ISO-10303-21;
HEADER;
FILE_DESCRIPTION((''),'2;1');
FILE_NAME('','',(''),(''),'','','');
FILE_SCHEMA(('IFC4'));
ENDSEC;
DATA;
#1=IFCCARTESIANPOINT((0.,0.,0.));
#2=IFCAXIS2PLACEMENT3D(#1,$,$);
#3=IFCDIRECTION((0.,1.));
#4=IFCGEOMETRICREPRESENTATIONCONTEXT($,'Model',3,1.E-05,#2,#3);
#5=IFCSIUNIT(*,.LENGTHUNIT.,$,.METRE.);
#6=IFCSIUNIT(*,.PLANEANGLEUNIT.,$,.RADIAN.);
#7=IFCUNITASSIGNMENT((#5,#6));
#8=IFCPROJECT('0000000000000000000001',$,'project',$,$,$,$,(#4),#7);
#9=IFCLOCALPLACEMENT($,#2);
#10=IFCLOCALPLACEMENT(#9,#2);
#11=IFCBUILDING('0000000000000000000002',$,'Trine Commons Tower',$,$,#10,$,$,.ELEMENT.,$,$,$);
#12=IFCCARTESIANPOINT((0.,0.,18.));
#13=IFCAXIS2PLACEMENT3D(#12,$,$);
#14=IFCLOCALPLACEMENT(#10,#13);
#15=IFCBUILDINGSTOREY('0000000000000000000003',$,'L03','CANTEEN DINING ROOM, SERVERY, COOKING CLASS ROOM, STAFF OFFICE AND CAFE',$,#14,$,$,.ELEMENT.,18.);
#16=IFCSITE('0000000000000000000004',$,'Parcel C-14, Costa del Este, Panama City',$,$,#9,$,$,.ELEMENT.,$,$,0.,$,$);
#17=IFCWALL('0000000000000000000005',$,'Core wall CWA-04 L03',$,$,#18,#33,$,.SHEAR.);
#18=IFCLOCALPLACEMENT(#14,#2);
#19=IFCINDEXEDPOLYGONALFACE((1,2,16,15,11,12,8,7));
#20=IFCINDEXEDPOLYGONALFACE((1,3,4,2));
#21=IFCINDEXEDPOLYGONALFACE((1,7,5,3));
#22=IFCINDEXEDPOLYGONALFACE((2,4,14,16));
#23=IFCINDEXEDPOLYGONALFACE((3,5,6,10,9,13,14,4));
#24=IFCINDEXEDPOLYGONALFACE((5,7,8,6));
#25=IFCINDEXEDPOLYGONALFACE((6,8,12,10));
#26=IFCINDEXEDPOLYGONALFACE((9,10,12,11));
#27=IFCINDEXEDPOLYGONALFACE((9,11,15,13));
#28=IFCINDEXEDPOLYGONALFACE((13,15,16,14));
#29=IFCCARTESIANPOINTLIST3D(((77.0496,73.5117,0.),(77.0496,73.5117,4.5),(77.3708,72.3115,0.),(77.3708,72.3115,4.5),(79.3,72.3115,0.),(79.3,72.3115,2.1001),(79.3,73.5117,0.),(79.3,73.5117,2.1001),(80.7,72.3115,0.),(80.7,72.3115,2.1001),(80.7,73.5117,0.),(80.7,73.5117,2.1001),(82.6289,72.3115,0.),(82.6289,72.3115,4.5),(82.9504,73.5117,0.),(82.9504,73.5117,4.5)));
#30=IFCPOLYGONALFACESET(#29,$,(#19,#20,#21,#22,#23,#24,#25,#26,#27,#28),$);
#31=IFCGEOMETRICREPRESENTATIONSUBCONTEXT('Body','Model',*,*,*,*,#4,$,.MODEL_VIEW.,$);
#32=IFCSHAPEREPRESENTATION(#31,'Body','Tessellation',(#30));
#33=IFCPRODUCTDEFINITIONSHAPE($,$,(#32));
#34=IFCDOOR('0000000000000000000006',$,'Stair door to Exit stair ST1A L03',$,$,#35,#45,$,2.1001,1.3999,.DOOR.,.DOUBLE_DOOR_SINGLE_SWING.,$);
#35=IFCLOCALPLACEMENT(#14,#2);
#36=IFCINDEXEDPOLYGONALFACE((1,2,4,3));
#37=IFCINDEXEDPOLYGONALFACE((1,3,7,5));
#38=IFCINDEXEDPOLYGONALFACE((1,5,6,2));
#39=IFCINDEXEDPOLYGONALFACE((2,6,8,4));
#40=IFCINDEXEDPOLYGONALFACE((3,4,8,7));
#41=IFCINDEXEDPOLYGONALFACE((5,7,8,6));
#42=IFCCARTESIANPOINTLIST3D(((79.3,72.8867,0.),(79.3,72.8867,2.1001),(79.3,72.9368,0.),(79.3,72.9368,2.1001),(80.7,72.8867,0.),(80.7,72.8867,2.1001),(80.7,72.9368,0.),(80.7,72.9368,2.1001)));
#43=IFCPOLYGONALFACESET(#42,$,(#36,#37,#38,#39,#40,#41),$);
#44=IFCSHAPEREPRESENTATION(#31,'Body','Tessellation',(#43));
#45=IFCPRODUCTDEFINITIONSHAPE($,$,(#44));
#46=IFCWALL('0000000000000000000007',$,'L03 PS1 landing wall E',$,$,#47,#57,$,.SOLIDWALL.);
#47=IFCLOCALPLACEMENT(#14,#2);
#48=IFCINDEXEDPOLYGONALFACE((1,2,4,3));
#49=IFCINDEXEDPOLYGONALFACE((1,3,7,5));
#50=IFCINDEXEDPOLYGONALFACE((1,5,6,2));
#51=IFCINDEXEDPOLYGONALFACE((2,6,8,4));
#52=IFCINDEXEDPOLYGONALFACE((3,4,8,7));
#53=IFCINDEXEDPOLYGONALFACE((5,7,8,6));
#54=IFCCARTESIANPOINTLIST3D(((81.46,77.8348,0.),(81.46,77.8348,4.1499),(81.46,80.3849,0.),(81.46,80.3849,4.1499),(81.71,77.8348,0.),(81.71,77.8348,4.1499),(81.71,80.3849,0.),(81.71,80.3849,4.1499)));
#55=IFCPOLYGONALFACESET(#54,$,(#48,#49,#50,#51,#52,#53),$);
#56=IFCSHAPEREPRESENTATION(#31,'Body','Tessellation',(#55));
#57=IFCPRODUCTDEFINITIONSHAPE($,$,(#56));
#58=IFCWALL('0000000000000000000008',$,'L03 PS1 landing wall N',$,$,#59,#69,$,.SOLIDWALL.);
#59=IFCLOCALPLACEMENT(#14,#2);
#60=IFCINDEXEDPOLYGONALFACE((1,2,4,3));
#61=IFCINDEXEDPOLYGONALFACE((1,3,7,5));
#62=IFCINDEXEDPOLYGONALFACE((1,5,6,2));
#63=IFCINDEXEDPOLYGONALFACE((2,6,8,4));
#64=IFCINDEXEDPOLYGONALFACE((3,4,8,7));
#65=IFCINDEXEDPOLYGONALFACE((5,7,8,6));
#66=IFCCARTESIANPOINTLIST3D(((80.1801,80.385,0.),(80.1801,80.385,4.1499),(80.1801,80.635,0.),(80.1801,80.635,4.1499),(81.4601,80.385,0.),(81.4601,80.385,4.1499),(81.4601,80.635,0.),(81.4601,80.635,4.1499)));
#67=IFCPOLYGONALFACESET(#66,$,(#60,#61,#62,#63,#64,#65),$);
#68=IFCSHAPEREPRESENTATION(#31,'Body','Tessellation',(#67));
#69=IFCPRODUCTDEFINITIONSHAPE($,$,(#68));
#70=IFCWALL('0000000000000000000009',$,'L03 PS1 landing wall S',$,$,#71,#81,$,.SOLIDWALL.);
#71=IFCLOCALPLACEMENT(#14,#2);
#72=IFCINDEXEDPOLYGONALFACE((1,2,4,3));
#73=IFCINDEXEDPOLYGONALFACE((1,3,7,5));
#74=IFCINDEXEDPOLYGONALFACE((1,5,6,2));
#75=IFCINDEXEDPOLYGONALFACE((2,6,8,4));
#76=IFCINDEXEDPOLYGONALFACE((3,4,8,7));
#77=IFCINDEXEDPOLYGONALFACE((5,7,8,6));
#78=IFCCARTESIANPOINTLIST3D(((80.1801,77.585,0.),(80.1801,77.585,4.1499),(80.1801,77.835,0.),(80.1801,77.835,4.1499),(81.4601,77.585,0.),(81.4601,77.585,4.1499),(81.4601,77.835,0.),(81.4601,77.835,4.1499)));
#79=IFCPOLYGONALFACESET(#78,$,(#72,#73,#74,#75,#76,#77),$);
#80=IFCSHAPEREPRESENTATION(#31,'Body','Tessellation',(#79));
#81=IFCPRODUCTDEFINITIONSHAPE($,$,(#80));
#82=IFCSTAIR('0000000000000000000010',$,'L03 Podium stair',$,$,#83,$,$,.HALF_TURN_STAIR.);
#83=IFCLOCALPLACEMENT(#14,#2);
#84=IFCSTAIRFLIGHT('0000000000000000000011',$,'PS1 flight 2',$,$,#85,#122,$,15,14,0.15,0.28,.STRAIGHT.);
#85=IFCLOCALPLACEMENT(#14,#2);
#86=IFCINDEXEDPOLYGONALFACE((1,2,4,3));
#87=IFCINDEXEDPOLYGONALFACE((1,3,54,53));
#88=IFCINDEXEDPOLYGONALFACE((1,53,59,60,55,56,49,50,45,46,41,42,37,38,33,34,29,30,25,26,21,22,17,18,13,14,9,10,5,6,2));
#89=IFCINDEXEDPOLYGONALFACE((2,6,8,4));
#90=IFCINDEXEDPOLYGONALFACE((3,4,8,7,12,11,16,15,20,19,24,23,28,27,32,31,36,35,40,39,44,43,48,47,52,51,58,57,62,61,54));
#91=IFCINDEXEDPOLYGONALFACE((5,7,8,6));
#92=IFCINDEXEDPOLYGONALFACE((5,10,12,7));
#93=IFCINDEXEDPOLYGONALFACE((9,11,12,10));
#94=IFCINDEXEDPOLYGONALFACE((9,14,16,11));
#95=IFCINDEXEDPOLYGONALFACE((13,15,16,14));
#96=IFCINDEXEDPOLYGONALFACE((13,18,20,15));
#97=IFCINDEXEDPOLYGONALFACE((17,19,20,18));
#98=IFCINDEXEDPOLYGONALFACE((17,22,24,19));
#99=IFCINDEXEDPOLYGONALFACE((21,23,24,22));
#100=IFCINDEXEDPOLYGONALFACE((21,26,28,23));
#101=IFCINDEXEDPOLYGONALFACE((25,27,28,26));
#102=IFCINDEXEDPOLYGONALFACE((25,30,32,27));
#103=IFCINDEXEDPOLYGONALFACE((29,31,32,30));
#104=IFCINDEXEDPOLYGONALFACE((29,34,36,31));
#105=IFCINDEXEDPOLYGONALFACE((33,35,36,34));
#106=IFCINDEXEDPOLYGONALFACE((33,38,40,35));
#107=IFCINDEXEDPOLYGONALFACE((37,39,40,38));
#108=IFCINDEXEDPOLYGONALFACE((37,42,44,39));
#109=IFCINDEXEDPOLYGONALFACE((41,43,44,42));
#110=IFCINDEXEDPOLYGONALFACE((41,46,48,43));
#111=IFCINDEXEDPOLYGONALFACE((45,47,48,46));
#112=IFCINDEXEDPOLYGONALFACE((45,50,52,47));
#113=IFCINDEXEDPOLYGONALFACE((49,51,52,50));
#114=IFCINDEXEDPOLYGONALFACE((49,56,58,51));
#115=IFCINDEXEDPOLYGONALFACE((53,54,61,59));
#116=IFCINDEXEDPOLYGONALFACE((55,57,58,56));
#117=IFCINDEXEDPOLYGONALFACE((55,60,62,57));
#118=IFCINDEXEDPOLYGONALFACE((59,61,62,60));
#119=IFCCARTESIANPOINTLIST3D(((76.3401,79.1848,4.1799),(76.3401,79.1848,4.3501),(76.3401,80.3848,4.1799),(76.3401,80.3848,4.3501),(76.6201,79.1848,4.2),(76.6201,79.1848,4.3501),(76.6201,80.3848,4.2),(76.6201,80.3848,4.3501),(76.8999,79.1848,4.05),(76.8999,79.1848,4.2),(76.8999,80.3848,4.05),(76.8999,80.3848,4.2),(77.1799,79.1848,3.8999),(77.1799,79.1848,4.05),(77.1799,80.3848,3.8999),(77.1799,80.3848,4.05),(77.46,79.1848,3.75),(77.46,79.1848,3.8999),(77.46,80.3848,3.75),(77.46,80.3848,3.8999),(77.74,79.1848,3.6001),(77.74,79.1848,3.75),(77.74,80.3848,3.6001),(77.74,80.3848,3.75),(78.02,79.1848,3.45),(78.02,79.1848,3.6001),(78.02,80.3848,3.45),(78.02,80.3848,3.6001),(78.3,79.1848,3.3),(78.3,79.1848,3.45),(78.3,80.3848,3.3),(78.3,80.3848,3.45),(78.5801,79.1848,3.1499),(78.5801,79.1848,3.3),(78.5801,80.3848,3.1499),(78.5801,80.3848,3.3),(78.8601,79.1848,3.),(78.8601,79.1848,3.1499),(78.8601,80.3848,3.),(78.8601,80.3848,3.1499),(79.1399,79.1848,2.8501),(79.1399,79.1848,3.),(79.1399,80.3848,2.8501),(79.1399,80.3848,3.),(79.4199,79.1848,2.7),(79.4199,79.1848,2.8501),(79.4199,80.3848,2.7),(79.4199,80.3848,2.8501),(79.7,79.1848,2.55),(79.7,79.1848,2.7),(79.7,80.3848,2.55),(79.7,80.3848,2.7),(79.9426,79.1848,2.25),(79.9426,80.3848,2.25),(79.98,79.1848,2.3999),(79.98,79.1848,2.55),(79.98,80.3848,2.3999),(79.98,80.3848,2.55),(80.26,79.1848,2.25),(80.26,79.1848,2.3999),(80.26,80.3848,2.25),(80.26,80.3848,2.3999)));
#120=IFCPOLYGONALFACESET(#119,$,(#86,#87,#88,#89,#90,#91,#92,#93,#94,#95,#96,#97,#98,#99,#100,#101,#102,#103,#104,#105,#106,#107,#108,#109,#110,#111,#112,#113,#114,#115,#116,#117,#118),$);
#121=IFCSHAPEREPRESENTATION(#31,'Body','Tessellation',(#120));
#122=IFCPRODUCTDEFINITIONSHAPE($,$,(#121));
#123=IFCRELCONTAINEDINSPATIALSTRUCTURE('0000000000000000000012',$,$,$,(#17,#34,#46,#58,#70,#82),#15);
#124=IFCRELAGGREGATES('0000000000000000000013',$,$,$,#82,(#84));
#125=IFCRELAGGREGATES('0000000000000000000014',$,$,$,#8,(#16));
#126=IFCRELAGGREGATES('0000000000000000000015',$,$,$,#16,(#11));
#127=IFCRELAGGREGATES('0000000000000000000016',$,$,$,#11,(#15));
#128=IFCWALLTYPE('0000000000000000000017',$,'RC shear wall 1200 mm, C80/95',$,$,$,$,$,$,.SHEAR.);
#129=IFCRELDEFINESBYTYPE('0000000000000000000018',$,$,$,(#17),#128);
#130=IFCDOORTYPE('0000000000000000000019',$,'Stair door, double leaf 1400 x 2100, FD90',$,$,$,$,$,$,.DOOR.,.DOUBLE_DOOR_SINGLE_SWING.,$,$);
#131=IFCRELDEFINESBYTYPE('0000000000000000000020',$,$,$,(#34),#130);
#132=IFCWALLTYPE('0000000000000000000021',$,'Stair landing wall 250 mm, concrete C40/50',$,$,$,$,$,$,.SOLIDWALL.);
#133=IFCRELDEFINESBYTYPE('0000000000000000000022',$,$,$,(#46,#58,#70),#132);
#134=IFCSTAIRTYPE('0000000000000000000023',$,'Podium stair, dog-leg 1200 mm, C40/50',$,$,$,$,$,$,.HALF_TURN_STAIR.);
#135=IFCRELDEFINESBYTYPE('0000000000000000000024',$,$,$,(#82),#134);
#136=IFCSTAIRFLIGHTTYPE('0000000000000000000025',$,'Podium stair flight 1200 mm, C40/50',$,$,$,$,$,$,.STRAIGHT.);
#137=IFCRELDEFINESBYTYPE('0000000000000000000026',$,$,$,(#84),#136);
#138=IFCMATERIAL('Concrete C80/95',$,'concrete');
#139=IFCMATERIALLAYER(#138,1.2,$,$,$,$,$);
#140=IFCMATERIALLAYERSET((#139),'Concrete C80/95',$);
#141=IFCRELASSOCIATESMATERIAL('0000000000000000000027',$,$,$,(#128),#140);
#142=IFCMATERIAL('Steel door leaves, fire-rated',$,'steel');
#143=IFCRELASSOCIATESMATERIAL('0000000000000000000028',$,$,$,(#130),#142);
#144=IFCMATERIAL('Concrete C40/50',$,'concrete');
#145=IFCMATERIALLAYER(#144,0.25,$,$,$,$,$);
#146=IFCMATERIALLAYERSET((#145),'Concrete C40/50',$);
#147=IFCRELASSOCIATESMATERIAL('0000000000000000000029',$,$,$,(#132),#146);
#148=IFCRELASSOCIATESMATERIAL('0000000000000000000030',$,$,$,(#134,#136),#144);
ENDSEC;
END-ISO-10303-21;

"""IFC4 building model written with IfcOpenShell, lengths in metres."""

from ifc_helpers import new_model, si_unit, direction, frame, frame_2d, origin, place, context, subcontext, project, spatial, polyline, rectangle, outline, extrude, material, layer, layer_set, type_object, element, fill, aggregate, save


model = new_model("IFC4")

# Units and contexts
model_context = context("Model", 3, precision=1e-05, world=origin(), true_north=direction((0.0, 1.0)))
body_context = subcontext(model_context, "Body", "Model", "MODEL_VIEW")
ifc_project = project(units=[si_unit("LENGTHUNIT", "METRE"), si_unit("PLANEANGLEUNIT", "RADIAN")], contexts=[model_context])

# Site, building, storey
site_placement = place(None, origin())
site = spatial("IfcSite", under=ifc_project, at=site_placement, Name="Parcel C-14, Costa del Este, Panama City", CompositionType="ELEMENT", RefElevation=0.0)
building_placement = place(site_placement, origin())
building = spatial("IfcBuilding", under=site, at=building_placement, Name="Trine Commons Tower", CompositionType="ELEMENT")
storey_placement = place(building_placement, frame((0.0, 0.0, 18.0)))
storey = spatial("IfcBuildingStorey", under=building, at=storey_placement, Name="L03", Description="CANTEEN DINING ROOM, SERVERY, COOKING CLASS ROOM, STAFF OFFICE AND CAFE", CompositionType="ELEMENT", Elevation=18.0)

# Shared definitions
ifc_material_1 = material(Name="Concrete C80/95", Category="concrete")

# Wall, opening, door
ifc_layer_1 = layer(ifc_material_1, 1.2)
ifc_layer_set_1 = layer_set([ifc_layer_1], Name="Concrete C80/95")
wall_type_1 = type_object("IfcWallType", Name="RC shear wall 1200 mm, C80/95", PredefinedType="SHEAR", material=ifc_layer_set_1)
wall_1_placement = place(storey_placement, frame((82.9504, 72.9116, 0.0), z_axis=(0.0, 0.0, 1.0), x_axis=(-1.0, 0.0, 0.0)))
wall_1 = element("IfcWall", 1, at=wall_1_placement, inside=storey, type_object=wall_type_1, Name="Core wall CWA-04 L03", PredefinedType="SHEAR", context=body_context, shape_type="SweptSolid", body=[
    extrude(outline(polyline([(0.0, -0.6001), (5.9009, -0.6001), (5.5796, 0.6001), (0.3215, 0.6001), (0.0, -0.6001)])), origin(), (0.0, 0.0, 1.0), 4.5),
])
opening_placement = place(wall_1_placement, frame((2.2505, 0.0, 0.0)))
opening = element("IfcOpeningElement", 2, at=opening_placement, cuts=wall_1, PredefinedType="OPENING", context=body_context, shape_type="SweptSolid", body=[
    extrude(rectangle(XDim=1.3999, YDim=2.1001, at=frame_2d((0.7, 1.05))), frame((0.0, 0.6099, 0.0), z_axis=(0.0, -1.0, 0.0), x_axis=(1.0, 0.0, 0.0)), (0.0, 0.0, 1.0), 1.22),
])
ifc_material_2 = material(Name="Steel door leaves, fire-rated", Category="steel")
door_type = type_object("IfcDoorType", Name="Stair door, double leaf 1400 x 2100, FD90", OperationType="DOUBLE_DOOR_SINGLE_SWING", PredefinedType="DOOR", material=ifc_material_2)
door_placement = place(opening_placement, origin())
door = element("IfcDoor", 3, at=door_placement, inside=storey, type_object=door_type, Name="Stair door to Exit stair ST1A L03", OperationType="DOUBLE_DOOR_SINGLE_SWING", OverallHeight=2.1001, OverallWidth=1.3999, PredefinedType="DOOR", context=body_context, shape_type="SweptSolid", body=[
    extrude(rectangle(XDim=1.3999, YDim=2.1001, at=frame_2d((0.7, 1.05))), frame((0.0, 0.0249, 0.0), z_axis=(0.0, -1.0, 0.0), x_axis=(1.0, 0.0, 0.0)), (0.0, 0.0, 1.0), 0.05),
])
fill(opening, door)

# Walls
ifc_material_3 = material(Name="Concrete C40/50", Category="concrete")
ifc_layer_2 = layer(ifc_material_3, 0.25)
ifc_layer_set_2 = layer_set([ifc_layer_2], Name="Concrete C40/50")
wall_type_2 = type_object("IfcWallType", Name="Stair landing wall 250 mm, concrete C40/50", PredefinedType="SOLIDWALL", material=ifc_layer_set_2)
wall_2_placement = place(storey_placement, frame((81.585, 77.835, 0.0), z_axis=(0.0, 0.0, 1.0), x_axis=(0.0, 1.0, 0.0)))
element("IfcWall", 4, at=wall_2_placement, inside=storey, type_object=wall_type_2, Name="L03 PS1 landing wall E", PredefinedType="SOLIDWALL", context=body_context, shape_type="SweptSolid", body=[
    extrude(rectangle(XDim=2.55, YDim=0.25, at=frame_2d((1.2749, 0.0))), origin(), (0.0, 0.0, 1.0), 4.1499),
])
for number, where, z_axis, x_axis, name in (
    (5, (80.1799, 80.51, 0.0), (0.0, 0.0, 1.0), (1.0, 0.0, 0.0), "L03 PS1 landing wall N"),
    (6, (80.1799, 77.71, 0.0), (0.0, 0.0, 1.0), (1.0, 0.0, 0.0), "L03 PS1 landing wall S"),
):
    element("IfcWall", number, at=place(storey_placement, frame(where, z_axis=z_axis, x_axis=x_axis)), inside=storey, type_object=wall_type_2, Name=name, PredefinedType="SOLIDWALL", context=body_context, shape_type="SweptSolid", body=[
        extrude(rectangle(XDim=1.28, YDim=0.25, at=frame_2d((0.6401, 0.0))), origin(), (0.0, 0.0, 1.0), 4.1499),
    ])

# Stair, stair flight
stair_type = type_object("IfcStairType", Name="Podium stair, dog-leg 1200 mm, C40/50", PredefinedType="HALF_TURN_STAIR", material=ifc_material_3)
stair_placement = place(storey_placement, origin())
stair = element("IfcStair", 7, at=stair_placement, inside=storey, type_object=stair_type, Name="L03 Podium stair", PredefinedType="HALF_TURN_STAIR")
stair_flight_type = type_object("IfcStairFlightType", Name="Podium stair flight 1200 mm, C40/50", PredefinedType="STRAIGHT", material=ifc_material_3)
stair_flight_placement = place(storey_placement, frame((80.26, 79.7849, 2.25), z_axis=(0.0, 0.0, 1.0), x_axis=(-1.0, 0.0, 0.0)))
stair_flight = element("IfcStairFlight", 8, at=stair_flight_placement, type_object=stair_flight_type, Name="PS1 flight 2", NumberOfRisers=15, NumberOfTreads=14, PredefinedType="STRAIGHT", RiserHeight=0.15, TreadLength=0.28, context=body_context, shape_type="SweptSolid", body=[
    extrude(outline(polyline([(0.0, 0.0), (0.0, 0.1499), (0.28, 0.1499), (0.28, 0.3), (0.5601, 0.3), (0.5601, 0.45), (0.8401, 0.45), (0.8401, 0.6001), (1.1201, 0.6001), (1.1201, 0.75), (1.3999, 0.75), (1.3999, 0.8999), (1.6799, 0.8999), (1.6799, 1.05), (1.96, 1.05), (1.96, 1.2), (2.24, 1.2), (2.24, 1.3501), (2.52, 1.3501), (2.52, 1.5), (2.8, 1.5), (2.8, 1.6499), (3.0801, 1.6499), (3.0801, 1.8), (3.3601, 1.8), (3.3601, 1.95), (3.6399, 1.95), (3.6399, 2.1001), (3.9199, 2.1001), (3.9199, 2.25), (3.9199, 1.9299), (0.3174, 0.0), (0.0, 0.0)])), frame((0.0, 0.6001, 0.0), z_axis=(0.0, -1.0, 0.0), x_axis=(1.0, 0.0, 0.0)), (0.0, 0.0, 1.0), 1.2),
])
aggregate(stair, [stair_flight])

save(model, "model.ifc")
